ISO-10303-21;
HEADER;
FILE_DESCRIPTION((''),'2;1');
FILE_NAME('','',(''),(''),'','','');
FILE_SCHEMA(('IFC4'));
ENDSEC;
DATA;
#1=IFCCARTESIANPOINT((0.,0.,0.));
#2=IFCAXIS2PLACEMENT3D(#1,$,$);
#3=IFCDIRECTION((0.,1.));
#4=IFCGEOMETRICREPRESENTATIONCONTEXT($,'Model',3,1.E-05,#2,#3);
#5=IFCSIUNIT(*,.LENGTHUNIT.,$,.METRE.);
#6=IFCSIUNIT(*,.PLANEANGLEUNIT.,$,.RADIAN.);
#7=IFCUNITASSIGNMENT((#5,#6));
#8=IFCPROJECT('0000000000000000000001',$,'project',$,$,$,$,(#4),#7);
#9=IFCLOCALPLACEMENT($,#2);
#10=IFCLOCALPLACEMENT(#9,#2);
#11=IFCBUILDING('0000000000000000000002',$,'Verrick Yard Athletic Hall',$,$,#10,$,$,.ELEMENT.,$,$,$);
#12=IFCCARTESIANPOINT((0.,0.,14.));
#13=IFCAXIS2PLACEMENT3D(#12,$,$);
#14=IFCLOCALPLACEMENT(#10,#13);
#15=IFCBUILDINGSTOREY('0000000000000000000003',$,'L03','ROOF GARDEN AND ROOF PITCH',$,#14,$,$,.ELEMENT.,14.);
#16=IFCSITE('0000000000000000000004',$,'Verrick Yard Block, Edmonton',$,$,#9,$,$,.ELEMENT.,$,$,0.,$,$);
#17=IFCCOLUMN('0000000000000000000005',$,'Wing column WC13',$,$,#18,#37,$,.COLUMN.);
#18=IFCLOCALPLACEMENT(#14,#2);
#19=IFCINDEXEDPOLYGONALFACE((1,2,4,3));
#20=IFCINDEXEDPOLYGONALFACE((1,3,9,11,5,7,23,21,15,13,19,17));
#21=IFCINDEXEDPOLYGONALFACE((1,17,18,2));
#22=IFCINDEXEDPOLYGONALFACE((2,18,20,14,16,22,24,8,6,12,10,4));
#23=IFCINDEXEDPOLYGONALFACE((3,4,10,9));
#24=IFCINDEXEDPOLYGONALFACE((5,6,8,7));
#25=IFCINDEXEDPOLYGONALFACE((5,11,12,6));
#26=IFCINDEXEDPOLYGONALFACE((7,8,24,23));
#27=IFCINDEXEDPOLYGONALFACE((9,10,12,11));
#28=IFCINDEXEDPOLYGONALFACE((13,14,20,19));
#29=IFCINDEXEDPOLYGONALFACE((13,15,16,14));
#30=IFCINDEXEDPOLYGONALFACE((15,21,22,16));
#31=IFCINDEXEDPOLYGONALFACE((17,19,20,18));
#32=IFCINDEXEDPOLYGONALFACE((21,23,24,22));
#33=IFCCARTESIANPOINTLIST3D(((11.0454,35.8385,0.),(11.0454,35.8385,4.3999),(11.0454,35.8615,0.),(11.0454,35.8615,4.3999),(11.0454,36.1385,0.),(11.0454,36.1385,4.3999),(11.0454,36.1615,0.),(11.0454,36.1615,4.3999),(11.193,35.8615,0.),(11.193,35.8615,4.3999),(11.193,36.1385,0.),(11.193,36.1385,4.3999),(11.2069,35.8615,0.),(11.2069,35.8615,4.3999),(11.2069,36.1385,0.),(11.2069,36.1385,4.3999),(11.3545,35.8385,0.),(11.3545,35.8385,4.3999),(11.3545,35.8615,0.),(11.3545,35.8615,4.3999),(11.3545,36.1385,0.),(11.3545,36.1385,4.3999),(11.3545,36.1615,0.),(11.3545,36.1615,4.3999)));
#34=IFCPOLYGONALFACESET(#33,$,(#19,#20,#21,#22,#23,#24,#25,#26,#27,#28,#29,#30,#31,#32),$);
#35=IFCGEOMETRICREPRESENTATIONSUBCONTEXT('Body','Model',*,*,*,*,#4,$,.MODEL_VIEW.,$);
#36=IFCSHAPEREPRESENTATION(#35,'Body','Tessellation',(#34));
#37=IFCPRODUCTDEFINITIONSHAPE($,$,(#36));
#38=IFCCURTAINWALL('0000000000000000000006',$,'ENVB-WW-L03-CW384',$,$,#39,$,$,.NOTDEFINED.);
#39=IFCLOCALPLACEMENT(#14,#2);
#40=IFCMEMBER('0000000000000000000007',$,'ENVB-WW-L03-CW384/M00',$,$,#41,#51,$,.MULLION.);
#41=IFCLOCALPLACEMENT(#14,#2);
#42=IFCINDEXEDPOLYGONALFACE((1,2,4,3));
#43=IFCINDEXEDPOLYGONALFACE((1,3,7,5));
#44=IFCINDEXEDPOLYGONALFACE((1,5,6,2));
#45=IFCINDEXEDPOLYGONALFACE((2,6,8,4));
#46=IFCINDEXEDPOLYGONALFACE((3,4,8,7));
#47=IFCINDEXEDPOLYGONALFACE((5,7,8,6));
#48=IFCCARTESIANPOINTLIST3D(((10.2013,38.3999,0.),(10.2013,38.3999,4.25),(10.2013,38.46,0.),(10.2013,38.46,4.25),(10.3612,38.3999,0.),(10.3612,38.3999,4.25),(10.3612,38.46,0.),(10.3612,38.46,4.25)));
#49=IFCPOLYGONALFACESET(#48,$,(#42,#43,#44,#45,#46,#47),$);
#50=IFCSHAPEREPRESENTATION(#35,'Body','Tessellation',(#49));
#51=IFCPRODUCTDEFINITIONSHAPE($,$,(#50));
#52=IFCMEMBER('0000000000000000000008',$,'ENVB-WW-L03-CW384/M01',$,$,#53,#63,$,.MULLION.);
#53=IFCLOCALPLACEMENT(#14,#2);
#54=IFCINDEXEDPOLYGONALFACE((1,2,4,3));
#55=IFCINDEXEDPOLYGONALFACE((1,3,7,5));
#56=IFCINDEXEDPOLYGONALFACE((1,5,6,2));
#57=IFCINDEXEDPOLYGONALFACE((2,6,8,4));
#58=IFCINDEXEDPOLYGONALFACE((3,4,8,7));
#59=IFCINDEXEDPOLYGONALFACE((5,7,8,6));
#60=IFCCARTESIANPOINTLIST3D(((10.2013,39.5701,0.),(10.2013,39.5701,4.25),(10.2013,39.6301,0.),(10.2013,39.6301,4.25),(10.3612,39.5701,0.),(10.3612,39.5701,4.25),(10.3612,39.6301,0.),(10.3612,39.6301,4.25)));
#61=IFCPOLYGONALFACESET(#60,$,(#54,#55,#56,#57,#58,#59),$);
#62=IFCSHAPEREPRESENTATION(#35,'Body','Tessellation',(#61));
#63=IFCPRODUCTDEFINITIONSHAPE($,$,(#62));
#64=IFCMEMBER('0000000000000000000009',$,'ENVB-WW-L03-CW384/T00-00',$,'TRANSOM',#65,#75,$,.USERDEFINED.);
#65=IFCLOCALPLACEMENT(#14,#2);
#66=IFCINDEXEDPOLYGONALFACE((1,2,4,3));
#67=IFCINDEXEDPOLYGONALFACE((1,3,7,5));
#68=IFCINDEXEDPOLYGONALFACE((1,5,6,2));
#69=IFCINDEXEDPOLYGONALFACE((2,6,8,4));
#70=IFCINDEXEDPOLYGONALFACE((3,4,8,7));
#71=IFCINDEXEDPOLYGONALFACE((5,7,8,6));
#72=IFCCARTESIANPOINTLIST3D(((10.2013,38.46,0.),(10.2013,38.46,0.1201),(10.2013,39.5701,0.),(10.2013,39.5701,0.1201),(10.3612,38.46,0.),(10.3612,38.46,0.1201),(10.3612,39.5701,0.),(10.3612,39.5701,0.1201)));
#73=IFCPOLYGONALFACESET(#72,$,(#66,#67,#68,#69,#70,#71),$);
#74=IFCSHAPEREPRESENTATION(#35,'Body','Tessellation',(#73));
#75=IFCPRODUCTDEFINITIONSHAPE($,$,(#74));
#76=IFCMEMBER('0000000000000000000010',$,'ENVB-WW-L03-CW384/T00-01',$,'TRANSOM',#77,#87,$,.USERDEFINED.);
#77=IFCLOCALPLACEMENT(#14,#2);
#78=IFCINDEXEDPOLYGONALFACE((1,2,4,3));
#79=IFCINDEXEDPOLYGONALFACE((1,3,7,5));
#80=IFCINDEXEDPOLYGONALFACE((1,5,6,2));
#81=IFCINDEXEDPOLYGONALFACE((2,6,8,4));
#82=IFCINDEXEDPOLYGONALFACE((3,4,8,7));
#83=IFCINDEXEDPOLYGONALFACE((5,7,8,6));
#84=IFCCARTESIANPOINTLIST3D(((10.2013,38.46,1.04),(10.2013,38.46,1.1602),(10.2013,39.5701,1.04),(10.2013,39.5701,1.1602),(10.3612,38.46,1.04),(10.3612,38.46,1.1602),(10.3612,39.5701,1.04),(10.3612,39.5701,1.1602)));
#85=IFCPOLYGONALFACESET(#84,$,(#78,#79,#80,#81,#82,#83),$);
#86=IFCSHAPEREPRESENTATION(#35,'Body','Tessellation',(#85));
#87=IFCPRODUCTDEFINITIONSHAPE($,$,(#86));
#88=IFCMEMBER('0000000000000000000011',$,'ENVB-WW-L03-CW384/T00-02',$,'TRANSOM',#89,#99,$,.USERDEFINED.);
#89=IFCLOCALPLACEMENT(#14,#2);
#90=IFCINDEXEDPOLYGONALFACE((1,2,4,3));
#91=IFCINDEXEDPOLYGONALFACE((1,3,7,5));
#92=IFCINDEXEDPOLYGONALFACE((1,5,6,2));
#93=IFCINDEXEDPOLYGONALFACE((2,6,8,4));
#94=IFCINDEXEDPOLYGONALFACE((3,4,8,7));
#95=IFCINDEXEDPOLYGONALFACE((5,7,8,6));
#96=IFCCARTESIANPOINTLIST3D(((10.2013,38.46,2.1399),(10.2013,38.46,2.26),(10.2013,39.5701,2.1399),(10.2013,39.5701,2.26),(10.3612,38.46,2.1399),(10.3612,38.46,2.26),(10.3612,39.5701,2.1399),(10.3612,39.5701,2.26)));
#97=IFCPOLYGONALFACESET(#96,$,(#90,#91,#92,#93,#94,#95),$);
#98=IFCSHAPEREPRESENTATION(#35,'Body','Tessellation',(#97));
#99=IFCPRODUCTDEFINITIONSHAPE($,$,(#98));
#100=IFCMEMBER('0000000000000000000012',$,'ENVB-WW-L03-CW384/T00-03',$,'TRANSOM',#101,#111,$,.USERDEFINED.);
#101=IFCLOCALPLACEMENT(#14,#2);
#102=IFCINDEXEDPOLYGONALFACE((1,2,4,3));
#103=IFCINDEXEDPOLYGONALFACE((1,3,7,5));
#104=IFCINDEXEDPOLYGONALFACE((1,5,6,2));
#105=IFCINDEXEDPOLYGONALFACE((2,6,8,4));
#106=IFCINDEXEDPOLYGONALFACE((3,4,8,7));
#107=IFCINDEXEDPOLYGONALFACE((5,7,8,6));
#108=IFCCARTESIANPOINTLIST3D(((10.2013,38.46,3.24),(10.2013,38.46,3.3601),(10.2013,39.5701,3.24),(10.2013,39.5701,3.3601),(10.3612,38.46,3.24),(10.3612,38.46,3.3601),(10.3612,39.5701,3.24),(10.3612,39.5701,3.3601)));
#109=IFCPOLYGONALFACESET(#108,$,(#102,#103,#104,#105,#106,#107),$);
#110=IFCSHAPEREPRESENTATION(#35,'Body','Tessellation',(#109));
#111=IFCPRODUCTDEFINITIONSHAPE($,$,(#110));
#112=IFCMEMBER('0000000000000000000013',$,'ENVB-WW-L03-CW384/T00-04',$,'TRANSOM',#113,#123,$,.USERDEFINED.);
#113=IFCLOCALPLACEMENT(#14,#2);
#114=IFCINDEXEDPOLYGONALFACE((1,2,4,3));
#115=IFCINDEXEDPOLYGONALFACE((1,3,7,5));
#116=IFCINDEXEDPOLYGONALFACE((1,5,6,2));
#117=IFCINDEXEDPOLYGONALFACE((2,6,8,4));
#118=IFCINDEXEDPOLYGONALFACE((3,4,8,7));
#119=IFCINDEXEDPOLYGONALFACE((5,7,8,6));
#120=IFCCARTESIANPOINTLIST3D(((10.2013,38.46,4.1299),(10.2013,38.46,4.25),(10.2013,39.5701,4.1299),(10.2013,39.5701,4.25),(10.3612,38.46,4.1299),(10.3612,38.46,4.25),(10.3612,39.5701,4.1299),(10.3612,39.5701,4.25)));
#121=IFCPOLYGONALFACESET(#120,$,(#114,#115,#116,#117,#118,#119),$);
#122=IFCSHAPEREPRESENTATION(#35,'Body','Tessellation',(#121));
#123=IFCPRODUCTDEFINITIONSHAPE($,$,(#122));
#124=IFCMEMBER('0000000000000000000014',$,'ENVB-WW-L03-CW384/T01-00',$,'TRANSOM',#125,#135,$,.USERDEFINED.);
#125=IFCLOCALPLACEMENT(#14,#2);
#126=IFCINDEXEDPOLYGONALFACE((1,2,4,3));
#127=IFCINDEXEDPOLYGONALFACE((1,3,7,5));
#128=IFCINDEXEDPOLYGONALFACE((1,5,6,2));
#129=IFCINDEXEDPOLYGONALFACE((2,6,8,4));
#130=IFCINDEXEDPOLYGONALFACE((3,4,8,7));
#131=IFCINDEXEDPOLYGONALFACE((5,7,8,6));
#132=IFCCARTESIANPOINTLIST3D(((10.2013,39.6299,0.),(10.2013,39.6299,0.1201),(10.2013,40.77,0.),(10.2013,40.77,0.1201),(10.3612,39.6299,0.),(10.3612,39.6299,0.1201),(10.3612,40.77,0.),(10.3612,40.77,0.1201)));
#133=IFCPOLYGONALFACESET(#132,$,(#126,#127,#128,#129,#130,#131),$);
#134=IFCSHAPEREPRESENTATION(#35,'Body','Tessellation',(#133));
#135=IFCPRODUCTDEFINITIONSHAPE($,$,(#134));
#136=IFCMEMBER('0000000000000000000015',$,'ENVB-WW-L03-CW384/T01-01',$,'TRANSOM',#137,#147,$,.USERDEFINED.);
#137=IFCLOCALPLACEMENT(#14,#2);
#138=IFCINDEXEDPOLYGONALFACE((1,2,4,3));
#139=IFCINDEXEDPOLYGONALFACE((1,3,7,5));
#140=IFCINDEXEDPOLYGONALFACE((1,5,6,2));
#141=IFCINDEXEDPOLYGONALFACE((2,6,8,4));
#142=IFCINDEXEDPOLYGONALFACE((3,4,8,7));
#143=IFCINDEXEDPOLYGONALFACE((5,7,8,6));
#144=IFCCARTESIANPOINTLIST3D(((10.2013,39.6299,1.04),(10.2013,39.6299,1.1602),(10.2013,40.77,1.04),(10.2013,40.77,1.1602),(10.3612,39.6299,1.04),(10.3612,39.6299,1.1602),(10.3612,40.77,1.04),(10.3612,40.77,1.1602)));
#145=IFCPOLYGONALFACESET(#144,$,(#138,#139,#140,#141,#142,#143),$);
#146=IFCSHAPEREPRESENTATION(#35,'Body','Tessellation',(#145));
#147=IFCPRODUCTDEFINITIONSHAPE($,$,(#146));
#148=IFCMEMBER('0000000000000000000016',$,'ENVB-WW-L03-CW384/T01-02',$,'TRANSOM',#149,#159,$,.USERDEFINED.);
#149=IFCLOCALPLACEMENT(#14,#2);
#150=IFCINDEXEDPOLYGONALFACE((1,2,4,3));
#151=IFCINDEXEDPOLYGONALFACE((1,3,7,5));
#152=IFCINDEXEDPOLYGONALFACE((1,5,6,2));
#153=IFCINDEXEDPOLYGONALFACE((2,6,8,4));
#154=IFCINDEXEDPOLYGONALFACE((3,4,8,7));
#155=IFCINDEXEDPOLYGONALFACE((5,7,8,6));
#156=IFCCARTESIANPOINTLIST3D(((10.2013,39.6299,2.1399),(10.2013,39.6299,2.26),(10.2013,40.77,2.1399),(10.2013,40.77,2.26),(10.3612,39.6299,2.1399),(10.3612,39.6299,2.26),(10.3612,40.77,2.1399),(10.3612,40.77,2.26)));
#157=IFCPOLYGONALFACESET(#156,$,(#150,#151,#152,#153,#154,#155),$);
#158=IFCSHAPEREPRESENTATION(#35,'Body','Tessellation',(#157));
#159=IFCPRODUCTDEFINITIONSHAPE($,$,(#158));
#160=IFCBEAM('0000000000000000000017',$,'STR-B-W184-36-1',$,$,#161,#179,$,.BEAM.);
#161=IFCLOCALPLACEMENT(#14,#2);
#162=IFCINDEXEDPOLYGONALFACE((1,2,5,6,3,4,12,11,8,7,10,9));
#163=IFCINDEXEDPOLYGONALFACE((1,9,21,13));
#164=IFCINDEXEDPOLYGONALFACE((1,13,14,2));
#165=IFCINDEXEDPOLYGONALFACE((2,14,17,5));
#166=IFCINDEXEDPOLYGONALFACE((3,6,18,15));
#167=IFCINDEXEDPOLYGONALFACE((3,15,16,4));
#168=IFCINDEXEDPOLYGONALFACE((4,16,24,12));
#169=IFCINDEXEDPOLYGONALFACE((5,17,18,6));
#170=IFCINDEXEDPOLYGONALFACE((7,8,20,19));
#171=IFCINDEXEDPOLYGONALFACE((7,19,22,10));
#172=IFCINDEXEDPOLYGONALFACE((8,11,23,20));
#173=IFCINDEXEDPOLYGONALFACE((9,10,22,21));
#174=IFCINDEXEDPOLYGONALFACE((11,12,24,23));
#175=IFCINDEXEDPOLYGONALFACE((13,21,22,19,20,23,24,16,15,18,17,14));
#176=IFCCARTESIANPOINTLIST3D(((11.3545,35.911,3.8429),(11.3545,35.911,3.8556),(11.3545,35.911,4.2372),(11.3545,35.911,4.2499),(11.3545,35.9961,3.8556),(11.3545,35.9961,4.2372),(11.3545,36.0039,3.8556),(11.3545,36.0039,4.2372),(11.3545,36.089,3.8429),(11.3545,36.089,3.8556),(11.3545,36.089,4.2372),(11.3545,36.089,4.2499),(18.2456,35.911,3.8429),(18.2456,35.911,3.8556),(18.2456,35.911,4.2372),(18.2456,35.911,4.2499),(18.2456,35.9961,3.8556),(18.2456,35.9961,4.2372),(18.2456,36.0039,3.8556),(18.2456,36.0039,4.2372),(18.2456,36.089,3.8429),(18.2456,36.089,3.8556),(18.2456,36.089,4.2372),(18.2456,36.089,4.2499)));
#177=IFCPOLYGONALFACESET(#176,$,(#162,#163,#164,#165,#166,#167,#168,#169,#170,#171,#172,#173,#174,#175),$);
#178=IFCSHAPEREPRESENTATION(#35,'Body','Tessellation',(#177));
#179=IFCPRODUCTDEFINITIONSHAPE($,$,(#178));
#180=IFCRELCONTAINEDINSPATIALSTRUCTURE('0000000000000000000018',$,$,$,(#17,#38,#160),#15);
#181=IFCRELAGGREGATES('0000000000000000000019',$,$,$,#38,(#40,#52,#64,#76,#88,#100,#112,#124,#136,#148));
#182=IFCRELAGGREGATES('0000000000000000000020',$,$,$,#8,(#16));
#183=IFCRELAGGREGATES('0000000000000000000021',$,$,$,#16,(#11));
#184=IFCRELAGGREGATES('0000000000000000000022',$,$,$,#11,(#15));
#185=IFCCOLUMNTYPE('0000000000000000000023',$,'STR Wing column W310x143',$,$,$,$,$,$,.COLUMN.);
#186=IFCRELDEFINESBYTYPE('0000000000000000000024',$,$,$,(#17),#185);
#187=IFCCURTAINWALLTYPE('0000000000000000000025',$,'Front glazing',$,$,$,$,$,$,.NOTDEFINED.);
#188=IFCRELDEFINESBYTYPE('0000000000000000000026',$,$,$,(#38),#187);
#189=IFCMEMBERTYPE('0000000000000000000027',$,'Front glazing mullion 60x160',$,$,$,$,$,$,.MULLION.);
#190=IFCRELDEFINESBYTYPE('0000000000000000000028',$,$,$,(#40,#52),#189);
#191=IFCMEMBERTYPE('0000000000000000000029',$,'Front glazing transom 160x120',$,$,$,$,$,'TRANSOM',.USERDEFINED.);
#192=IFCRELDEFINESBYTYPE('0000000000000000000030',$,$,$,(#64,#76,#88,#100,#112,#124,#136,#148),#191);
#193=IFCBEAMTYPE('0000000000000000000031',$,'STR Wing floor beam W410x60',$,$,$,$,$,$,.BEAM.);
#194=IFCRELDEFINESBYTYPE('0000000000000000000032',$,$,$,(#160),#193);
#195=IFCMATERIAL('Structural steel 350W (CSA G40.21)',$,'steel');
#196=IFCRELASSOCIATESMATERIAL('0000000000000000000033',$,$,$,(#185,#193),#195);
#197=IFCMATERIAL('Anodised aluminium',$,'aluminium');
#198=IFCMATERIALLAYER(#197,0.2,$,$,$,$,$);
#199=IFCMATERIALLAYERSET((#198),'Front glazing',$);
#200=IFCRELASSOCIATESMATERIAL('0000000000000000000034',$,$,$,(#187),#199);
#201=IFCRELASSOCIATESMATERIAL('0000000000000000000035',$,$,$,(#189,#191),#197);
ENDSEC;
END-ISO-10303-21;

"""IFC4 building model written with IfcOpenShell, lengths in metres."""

from ifc_helpers import new_model, si_unit, direction, frame, origin, origin_2d, place, context, subcontext, project, spatial, rectangle, i_section, extrude, material, layer, layer_set, material_profile, profile_set, type_object, element, aggregate, save


model = new_model("IFC4")

# Units and contexts
model_context = context("Model", 3, precision=1e-05, world=origin(), true_north=direction((0.0, 1.0)))
body_context = subcontext(model_context, "Body", "Model", "MODEL_VIEW")
ifc_project = project(units=[si_unit("LENGTHUNIT", "METRE"), si_unit("PLANEANGLEUNIT", "RADIAN")], contexts=[model_context])

# Site, building, storey
site_placement = place(None, origin())
site = spatial("IfcSite", under=ifc_project, at=site_placement, Name="Verrick Yard Block, Edmonton", CompositionType="ELEMENT", RefElevation=0.0)
building_placement = place(site_placement, origin())
building = spatial("IfcBuilding", under=site, at=building_placement, Name="Verrick Yard Athletic Hall", CompositionType="ELEMENT")
storey_placement = place(building_placement, frame((0.0, 0.0, 14.0)))
storey = spatial("IfcBuildingStorey", under=building, at=storey_placement, Name="L03", Description="ROOF GARDEN AND ROOF PITCH", CompositionType="ELEMENT", Elevation=14.0)

# Column
ifc_material_1 = material(Name="Structural steel 350W (CSA G40.21)", Category="steel")
ifc_material_profile_1 = material_profile(ifc_material_1, i_section(OverallWidth=0.3091, OverallDepth=0.323, WebThickness=0.0139, FlangeThickness=0.0229, at=origin_2d()), Name="W310x143")
ifc_profile_set_1 = profile_set([ifc_material_profile_1], Name="Structural steel 350W (CSA G40.21)")
column_type = type_object("IfcColumnType", Name="STR Wing column W310x143", PredefinedType="COLUMN", material=ifc_profile_set_1)
column_placement = place(storey_placement, frame((11.2, 36.0, 0.0), z_axis=(0.0, 0.0, 1.0), x_axis=(1.0, 0.0, 0.0)))
element("IfcColumn", 1, at=column_placement, inside=storey, type_object=column_type, Name="Wing column WC13", PredefinedType="COLUMN", context=body_context, shape_type="SweptSolid", body=[
    extrude(i_section(OverallWidth=0.3091, OverallDepth=0.323, WebThickness=0.0139, FlangeThickness=0.0229, at=origin_2d()), origin(), (0.0, 0.0, 1.0), 4.3999),
])

# Curtain wall, members
ifc_material_2 = material(Name="Anodised aluminium", Category="aluminium")
ifc_layer_1 = layer(ifc_material_2, 0.2)
ifc_layer_set_1 = layer_set([ifc_layer_1], Name="Front glazing")
curtain_wall_type = type_object("IfcCurtainWallType", Name="Front glazing", PredefinedType="NOTDEFINED", material=ifc_layer_set_1)
curtain_wall_placement = place(storey_placement, origin())
curtain_wall = element("IfcCurtainWall", 2, at=curtain_wall_placement, inside=storey, type_object=curtain_wall_type, Name="ENVB-WW-L03-CW384", PredefinedType="NOTDEFINED")
ifc_material_profile_2 = material_profile(ifc_material_2, rectangle(XDim=0.1599, YDim=0.0601, at=origin_2d()), Name="CW mullion 60x160")
ifc_profile_set_2 = profile_set([ifc_material_profile_2], Name="Anodised aluminium")
member_type_1 = type_object("IfcMemberType", Name="Front glazing mullion 60x160", PredefinedType="MULLION", material=ifc_profile_set_2)
member_1_placement = place(storey_placement, frame((10.2812, 38.4299, 0.0), z_axis=(0.0, 0.0, 1.0), x_axis=(-1.0, 0.0, 0.0)))
member_1 = element("IfcMember", 3, at=member_1_placement, type_object=member_type_1, Name="ENVB-WW-L03-CW384/M00", PredefinedType="MULLION", context=body_context, shape_type="SweptSolid", body=[
    extrude(rectangle(XDim=0.1599, YDim=0.0601, at=origin_2d()), origin(), (0.0, 0.0, 1.0), 4.25),
])
member_2_placement = place(storey_placement, frame((10.2812, 39.6001, 0.0), z_axis=(0.0, 0.0, 1.0), x_axis=(-1.0, 0.0, 0.0)))
member_2 = element("IfcMember", 4, at=member_2_placement, type_object=member_type_1, Name="ENVB-WW-L03-CW384/M01", PredefinedType="MULLION", context=body_context, shape_type="SweptSolid", body=[
    extrude(rectangle(XDim=0.1599, YDim=0.0601, at=origin_2d()), origin(), (0.0, 0.0, 1.0), 4.25),
])
ifc_material_profile_3 = material_profile(ifc_material_2, rectangle(XDim=0.1599, YDim=0.1201, at=origin_2d()), Name="CW transom 160x120")
ifc_profile_set_3 = profile_set([ifc_material_profile_3], Name="Anodised aluminium")
member_type_2 = type_object("IfcMemberType", Name="Front glazing transom 160x120", ElementType="TRANSOM", PredefinedType="USERDEFINED", material=ifc_profile_set_3)
member_3_placement = place(storey_placement, frame((10.2812, 38.46, 0.0601), z_axis=(0.0, 1.0, 0.0), x_axis=(-1.0, 0.0, 0.0)))
member_3 = element("IfcMember", 5, at=member_3_placement, type_object=member_type_2, Name="ENVB-WW-L03-CW384/T00-00", ObjectType="TRANSOM", PredefinedType="USERDEFINED", context=body_context, shape_type="SweptSolid", body=[
    extrude(rectangle(XDim=0.1599, YDim=0.1201, at=origin_2d()), origin(), (0.0, 0.0, 1.0), 1.1101),
])
member_4_placement = place(storey_placement, frame((10.2812, 38.46, 1.1001), z_axis=(0.0, 1.0, 0.0), x_axis=(-1.0, 0.0, 0.0)))
member_4 = element("IfcMember", 6, at=member_4_placement, type_object=member_type_2, Name="ENVB-WW-L03-CW384/T00-01", ObjectType="TRANSOM", PredefinedType="USERDEFINED", context=body_context, shape_type="SweptSolid", body=[
    extrude(rectangle(XDim=0.1599, YDim=0.1201, at=origin_2d()), origin(), (0.0, 0.0, 1.0), 1.1101),
])
member_5_placement = place(storey_placement, frame((10.2812, 38.46, 2.2), z_axis=(0.0, 1.0, 0.0), x_axis=(-1.0, 0.0, 0.0)))
member_5 = element("IfcMember", 7, at=member_5_placement, type_object=member_type_2, Name="ENVB-WW-L03-CW384/T00-02", ObjectType="TRANSOM", PredefinedType="USERDEFINED", context=body_context, shape_type="SweptSolid", body=[
    extrude(rectangle(XDim=0.1599, YDim=0.1201, at=origin_2d()), origin(), (0.0, 0.0, 1.0), 1.1101),
])
member_6_placement = place(storey_placement, frame((10.2812, 38.46, 3.3), z_axis=(0.0, 1.0, 0.0), x_axis=(-1.0, 0.0, 0.0)))
member_6 = element("IfcMember", 8, at=member_6_placement, type_object=member_type_2, Name="ENVB-WW-L03-CW384/T00-03", ObjectType="TRANSOM", PredefinedType="USERDEFINED", context=body_context, shape_type="SweptSolid", body=[
    extrude(rectangle(XDim=0.1599, YDim=0.1201, at=origin_2d()), origin(), (0.0, 0.0, 1.0), 1.1101),
])
member_7_placement = place(storey_placement, frame((10.2812, 38.46, 4.1899), z_axis=(0.0, 1.0, 0.0), x_axis=(-1.0, 0.0, 0.0)))
member_7 = element("IfcMember", 9, at=member_7_placement, type_object=member_type_2, Name="ENVB-WW-L03-CW384/T00-04", ObjectType="TRANSOM", PredefinedType="USERDEFINED", context=body_context, shape_type="SweptSolid", body=[
    extrude(rectangle(XDim=0.1599, YDim=0.1201, at=origin_2d()), origin(), (0.0, 0.0, 1.0), 1.1101),
])
member_8_placement = place(storey_placement, frame((10.2812, 39.6299, 0.0601), z_axis=(0.0, 1.0, 0.0), x_axis=(-1.0, 0.0, 0.0)))
member_8 = element("IfcMember", 10, at=member_8_placement, type_object=member_type_2, Name="ENVB-WW-L03-CW384/T01-00", ObjectType="TRANSOM", PredefinedType="USERDEFINED", context=body_context, shape_type="SweptSolid", body=[
    extrude(rectangle(XDim=0.1599, YDim=0.1201, at=origin_2d()), origin(), (0.0, 0.0, 1.0), 1.1401),
])
member_9_placement = place(storey_placement, frame((10.2812, 39.6299, 1.1001), z_axis=(0.0, 1.0, 0.0), x_axis=(-1.0, 0.0, 0.0)))
member_9 = element("IfcMember", 11, at=member_9_placement, type_object=member_type_2, Name="ENVB-WW-L03-CW384/T01-01", ObjectType="TRANSOM", PredefinedType="USERDEFINED", context=body_context, shape_type="SweptSolid", body=[
    extrude(rectangle(XDim=0.1599, YDim=0.1201, at=origin_2d()), origin(), (0.0, 0.0, 1.0), 1.1401),
])
member_10_placement = place(storey_placement, frame((10.2812, 39.6299, 2.2), z_axis=(0.0, 1.0, 0.0), x_axis=(-1.0, 0.0, 0.0)))
member_10 = element("IfcMember", 12, at=member_10_placement, type_object=member_type_2, Name="ENVB-WW-L03-CW384/T01-02", ObjectType="TRANSOM", PredefinedType="USERDEFINED", context=body_context, shape_type="SweptSolid", body=[
    extrude(rectangle(XDim=0.1599, YDim=0.1201, at=origin_2d()), origin(), (0.0, 0.0, 1.0), 1.1401),
])

# Beam
ifc_material_profile_4 = material_profile(ifc_material_1, i_section(OverallWidth=0.178, OverallDepth=0.407, WebThickness=0.0078, FlangeThickness=0.0127, at=origin_2d()), Name="W410x60")
ifc_profile_set_4 = profile_set([ifc_material_profile_4], Name="Structural steel 350W (CSA G40.21)")
beam_type_1 = type_object("IfcBeamType", Name="STR Wing floor beam W410x60", PredefinedType="BEAM", material=ifc_profile_set_4)
beam_1_placement = place(storey_placement, frame((11.3545, 36.0, 4.0464), z_axis=(1.0, 0.0, 0.0), x_axis=(0.0, 1.0, 0.0)))
element("IfcBeam", 13, at=beam_1_placement, inside=storey, type_object=beam_type_1, Name="STR-B-W184-36-1", PredefinedType="BEAM", context=body_context, shape_type="SweptSolid", body=[
    extrude(i_section(OverallWidth=0.178, OverallDepth=0.407, WebThickness=0.0078, FlangeThickness=0.0127, at=origin_2d()), origin(), (0.0, 0.0, 1.0), 6.8911),
])

aggregate(curtain_wall, [member_1, member_2, member_3, member_4, member_5, member_6, member_7, member_8, member_9, member_10])

save(model, "model.ifc")
